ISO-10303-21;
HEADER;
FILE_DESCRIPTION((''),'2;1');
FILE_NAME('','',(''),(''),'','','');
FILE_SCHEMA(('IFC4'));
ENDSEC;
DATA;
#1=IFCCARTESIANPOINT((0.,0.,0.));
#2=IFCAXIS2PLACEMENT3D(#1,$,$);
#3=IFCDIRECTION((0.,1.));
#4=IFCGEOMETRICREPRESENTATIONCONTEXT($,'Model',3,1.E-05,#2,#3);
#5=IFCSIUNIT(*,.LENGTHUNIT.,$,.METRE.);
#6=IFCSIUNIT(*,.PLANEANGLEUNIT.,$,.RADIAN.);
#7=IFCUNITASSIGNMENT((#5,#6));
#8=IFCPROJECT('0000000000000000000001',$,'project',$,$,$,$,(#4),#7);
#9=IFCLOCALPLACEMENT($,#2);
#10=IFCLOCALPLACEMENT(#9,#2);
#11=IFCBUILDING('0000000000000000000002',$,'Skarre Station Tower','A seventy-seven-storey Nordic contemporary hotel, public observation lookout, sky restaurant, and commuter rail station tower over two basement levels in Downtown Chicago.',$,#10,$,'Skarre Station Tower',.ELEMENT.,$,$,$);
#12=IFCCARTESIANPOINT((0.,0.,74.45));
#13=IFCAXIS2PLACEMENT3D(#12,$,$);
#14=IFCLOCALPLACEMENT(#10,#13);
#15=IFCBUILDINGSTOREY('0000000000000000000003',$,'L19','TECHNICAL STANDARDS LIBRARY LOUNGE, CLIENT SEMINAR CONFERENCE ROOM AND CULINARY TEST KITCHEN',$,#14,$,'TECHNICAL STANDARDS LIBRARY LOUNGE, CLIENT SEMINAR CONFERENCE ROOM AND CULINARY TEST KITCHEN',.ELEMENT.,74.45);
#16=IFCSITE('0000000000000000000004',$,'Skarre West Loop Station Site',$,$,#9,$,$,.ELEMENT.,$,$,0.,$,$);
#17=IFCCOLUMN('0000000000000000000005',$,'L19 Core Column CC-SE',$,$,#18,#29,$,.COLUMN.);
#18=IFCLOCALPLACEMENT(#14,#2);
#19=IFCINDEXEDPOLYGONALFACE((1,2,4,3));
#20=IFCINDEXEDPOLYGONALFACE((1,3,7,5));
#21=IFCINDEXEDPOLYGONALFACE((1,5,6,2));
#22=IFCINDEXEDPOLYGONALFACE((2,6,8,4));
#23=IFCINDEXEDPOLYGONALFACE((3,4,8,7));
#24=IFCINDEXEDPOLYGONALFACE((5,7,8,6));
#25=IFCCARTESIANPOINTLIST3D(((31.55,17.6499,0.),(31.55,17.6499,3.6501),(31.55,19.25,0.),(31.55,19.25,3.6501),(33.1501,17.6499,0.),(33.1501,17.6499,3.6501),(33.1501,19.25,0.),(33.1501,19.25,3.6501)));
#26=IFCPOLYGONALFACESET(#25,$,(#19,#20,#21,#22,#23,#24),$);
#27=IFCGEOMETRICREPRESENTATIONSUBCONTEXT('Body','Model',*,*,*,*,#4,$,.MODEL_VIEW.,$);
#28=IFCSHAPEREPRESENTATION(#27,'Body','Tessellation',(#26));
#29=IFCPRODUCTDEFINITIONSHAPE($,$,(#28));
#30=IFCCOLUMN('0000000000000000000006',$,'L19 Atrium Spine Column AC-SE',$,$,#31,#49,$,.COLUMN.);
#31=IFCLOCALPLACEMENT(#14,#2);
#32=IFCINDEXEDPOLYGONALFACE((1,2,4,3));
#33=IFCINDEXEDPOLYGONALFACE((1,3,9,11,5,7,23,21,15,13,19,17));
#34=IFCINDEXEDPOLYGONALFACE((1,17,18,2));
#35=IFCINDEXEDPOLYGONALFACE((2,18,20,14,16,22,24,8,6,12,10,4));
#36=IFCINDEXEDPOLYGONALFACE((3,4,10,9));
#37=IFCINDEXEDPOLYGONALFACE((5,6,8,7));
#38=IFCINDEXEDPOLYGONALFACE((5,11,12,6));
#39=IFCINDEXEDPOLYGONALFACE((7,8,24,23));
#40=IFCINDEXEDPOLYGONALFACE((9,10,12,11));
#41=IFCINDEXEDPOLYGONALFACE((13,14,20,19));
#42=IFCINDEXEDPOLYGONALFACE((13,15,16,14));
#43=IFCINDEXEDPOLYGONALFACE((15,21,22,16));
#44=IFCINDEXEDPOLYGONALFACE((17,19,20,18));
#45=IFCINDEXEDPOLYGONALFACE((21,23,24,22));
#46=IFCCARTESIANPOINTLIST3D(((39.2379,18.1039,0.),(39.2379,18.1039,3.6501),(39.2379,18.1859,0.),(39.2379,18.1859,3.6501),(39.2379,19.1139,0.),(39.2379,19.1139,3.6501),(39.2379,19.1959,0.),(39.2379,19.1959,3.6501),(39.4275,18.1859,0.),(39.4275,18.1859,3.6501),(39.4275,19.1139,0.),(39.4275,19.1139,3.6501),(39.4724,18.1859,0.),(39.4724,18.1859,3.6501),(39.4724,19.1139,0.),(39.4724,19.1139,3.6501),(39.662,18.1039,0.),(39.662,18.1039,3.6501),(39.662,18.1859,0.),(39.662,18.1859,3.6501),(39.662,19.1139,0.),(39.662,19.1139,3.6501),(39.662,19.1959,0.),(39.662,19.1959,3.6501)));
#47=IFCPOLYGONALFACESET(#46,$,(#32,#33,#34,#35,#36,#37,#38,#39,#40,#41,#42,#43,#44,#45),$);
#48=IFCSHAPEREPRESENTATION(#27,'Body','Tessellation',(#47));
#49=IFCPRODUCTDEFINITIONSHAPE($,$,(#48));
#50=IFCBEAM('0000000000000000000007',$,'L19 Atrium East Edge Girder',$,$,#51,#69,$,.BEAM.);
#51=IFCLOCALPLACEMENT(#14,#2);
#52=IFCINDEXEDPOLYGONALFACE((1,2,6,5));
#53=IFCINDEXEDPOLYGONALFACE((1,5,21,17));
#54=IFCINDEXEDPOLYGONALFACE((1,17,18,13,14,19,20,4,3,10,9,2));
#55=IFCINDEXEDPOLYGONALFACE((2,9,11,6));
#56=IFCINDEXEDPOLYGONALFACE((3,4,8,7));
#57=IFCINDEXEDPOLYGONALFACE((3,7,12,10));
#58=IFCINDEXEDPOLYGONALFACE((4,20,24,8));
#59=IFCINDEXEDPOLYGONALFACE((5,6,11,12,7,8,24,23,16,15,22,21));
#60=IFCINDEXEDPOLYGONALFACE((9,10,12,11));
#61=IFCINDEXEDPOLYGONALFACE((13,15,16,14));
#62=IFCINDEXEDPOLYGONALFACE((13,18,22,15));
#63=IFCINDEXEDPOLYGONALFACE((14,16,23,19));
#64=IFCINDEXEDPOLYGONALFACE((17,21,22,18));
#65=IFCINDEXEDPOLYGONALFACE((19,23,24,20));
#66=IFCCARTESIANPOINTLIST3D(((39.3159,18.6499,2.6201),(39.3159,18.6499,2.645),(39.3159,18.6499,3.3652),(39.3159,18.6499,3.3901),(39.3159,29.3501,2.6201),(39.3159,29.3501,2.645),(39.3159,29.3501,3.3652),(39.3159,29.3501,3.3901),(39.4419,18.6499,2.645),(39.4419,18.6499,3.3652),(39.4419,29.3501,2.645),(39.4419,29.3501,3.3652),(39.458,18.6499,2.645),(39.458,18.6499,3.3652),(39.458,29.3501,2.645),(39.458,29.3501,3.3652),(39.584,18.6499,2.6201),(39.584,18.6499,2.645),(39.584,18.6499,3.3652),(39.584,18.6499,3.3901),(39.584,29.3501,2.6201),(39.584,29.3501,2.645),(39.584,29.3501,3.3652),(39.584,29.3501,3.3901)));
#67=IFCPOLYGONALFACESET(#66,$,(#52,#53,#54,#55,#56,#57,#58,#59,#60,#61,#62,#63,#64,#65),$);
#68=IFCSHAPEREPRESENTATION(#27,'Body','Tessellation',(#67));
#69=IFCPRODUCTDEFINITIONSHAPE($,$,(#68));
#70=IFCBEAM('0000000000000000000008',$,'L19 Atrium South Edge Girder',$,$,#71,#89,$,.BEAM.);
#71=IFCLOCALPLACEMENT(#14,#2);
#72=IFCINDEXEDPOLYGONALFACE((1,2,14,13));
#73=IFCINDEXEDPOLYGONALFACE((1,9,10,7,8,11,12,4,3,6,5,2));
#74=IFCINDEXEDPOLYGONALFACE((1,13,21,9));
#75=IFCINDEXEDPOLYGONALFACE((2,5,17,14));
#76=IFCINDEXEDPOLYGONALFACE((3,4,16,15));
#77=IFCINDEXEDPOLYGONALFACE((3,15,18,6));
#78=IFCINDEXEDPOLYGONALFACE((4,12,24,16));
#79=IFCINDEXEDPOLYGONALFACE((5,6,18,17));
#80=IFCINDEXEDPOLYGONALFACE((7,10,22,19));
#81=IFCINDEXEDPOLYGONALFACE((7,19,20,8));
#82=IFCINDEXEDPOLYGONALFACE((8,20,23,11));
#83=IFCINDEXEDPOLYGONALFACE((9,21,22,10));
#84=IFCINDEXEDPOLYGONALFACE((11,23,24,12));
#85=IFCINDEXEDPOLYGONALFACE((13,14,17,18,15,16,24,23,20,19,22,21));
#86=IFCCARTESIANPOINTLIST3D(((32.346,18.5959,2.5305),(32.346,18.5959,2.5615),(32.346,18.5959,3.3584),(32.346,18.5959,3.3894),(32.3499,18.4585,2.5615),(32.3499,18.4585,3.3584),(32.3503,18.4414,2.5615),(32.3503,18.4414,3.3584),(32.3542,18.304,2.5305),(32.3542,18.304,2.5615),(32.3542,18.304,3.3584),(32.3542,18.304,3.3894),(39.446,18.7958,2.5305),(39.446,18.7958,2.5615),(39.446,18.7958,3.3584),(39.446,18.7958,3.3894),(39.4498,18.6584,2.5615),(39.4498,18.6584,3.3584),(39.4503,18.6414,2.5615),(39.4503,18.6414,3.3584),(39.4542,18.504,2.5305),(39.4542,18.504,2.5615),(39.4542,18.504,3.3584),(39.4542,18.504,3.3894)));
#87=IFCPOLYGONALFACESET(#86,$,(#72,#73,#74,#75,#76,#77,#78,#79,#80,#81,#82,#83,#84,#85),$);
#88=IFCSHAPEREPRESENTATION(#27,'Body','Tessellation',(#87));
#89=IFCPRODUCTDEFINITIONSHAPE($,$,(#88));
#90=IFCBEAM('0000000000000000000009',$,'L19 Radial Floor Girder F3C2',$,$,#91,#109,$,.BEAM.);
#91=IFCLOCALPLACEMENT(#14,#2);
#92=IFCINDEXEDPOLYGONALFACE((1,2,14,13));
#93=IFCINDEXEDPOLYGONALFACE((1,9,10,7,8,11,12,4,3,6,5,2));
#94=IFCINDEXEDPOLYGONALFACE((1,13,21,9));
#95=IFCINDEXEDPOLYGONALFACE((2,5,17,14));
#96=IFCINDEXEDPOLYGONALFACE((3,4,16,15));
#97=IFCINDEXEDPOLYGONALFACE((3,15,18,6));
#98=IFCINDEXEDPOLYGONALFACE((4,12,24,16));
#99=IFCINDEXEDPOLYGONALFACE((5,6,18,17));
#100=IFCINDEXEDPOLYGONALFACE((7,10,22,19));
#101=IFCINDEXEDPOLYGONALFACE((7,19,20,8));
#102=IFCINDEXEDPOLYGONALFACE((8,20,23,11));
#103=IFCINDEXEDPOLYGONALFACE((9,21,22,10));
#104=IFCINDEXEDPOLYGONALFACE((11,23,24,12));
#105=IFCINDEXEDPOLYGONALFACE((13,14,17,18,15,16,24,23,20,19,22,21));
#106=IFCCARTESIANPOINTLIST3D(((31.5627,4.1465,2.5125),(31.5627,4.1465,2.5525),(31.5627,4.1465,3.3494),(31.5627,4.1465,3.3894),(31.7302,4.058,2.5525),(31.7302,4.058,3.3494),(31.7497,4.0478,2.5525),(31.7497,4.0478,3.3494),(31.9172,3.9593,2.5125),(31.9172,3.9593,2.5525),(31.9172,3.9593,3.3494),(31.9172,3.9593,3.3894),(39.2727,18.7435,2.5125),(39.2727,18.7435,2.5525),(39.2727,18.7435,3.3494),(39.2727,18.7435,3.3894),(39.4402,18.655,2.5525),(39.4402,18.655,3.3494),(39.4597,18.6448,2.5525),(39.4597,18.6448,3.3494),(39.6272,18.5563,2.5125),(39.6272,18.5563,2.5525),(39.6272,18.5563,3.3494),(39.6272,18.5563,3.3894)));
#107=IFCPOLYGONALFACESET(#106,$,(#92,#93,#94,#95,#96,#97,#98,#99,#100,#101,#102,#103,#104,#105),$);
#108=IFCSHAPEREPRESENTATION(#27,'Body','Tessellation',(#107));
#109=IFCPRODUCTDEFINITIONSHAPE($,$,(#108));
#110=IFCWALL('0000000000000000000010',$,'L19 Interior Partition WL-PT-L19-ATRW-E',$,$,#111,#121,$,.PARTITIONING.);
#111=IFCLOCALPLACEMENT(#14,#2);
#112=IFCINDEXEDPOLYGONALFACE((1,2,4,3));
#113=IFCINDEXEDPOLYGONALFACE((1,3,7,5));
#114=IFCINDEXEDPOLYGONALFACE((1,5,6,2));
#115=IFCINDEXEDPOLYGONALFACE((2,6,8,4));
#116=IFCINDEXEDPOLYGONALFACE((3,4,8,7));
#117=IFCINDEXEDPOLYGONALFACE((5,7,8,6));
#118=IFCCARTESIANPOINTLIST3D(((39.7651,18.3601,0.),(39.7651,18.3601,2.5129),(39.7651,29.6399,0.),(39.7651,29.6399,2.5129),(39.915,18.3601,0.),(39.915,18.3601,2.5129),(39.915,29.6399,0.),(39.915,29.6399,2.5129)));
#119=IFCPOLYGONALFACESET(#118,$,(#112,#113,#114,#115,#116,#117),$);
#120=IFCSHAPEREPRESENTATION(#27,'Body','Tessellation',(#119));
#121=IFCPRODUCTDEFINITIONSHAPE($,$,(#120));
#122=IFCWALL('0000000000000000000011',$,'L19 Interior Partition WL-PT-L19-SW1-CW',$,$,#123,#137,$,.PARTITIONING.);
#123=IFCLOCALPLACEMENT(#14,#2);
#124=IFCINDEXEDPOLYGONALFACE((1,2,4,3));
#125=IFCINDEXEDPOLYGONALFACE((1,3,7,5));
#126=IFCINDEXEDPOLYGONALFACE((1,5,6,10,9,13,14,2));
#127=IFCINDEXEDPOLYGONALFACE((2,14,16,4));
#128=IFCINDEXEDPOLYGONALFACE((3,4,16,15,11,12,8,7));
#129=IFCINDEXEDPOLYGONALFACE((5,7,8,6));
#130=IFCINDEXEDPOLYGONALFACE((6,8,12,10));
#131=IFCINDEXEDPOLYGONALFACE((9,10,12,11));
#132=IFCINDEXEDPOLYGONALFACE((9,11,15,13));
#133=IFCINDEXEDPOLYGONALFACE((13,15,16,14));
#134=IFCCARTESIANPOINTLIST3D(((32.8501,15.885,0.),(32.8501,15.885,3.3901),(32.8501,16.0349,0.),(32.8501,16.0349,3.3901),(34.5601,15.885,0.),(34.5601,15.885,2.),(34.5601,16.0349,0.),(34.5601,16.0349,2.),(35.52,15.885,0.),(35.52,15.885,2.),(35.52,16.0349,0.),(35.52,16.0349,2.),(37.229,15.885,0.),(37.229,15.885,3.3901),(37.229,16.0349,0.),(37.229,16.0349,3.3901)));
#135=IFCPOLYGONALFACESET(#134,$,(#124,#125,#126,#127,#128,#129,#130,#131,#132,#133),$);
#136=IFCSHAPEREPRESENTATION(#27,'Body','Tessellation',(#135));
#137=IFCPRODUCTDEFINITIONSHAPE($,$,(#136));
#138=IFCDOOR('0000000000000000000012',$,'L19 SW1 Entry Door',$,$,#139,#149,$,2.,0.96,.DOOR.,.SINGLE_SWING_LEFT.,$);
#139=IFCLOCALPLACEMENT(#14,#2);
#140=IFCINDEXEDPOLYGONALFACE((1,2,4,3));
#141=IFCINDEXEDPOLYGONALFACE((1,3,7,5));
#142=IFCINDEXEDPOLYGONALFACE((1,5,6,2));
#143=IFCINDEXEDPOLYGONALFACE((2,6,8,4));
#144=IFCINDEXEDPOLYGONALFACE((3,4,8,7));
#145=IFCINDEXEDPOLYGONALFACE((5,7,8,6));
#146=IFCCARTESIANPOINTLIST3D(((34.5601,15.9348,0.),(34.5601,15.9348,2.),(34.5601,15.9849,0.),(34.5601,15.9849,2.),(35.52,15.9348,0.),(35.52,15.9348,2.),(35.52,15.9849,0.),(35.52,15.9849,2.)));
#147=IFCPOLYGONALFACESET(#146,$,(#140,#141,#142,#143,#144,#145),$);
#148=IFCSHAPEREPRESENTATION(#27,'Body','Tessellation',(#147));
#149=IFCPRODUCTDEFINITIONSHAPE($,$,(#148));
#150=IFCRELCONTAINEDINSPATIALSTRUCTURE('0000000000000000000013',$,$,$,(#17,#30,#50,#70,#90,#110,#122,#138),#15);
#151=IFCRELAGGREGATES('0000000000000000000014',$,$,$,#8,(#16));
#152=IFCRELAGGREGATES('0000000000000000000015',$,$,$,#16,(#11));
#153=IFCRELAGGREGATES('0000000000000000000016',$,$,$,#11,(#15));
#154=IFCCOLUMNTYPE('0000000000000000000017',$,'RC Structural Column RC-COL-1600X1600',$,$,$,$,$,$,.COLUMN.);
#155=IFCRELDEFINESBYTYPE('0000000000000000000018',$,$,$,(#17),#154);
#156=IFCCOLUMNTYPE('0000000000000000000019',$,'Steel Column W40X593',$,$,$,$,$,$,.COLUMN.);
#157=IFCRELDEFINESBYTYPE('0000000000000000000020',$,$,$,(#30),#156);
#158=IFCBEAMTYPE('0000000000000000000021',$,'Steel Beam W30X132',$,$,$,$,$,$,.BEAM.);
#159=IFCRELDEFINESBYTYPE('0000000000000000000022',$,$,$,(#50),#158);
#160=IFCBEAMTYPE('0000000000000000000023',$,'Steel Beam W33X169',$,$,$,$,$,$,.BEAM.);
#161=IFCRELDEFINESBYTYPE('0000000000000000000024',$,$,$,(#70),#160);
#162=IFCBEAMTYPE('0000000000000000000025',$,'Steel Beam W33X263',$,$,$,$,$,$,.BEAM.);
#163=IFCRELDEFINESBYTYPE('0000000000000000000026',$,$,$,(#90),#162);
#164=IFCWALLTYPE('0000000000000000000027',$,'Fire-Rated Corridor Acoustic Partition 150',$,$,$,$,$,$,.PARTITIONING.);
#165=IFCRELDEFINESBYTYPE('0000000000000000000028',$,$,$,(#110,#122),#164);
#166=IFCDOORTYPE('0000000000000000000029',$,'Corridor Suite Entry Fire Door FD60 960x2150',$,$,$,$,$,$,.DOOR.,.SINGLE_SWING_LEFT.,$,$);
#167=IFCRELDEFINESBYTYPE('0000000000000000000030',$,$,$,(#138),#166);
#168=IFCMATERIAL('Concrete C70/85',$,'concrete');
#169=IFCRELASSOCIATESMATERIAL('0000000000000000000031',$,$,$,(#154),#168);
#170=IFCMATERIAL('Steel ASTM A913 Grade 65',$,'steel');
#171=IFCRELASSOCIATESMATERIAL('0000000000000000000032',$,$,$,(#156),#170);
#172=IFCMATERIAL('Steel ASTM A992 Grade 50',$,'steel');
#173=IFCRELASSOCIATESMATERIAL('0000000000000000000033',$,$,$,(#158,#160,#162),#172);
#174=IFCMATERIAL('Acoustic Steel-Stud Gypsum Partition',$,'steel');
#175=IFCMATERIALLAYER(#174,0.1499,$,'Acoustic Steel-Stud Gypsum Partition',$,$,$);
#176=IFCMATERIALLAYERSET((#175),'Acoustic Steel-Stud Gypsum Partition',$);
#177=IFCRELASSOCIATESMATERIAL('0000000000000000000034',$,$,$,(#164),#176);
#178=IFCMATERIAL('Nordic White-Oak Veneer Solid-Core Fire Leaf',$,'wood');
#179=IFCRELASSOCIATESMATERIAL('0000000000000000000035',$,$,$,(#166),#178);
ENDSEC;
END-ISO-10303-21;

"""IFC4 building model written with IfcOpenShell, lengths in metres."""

from ifc_helpers import new_model, si_unit, direction, frame, frame_2d, origin, origin_2d, place, context, subcontext, project, spatial, rectangle, i_section, extrude, material, layer, layer_set, material_profile, profile_set, type_object, element, fill, save


model = new_model("IFC4")

# Units and contexts
model_context = context("Model", 3, precision=1e-05, world=origin(), true_north=direction((0.0, 1.0)))
body_context = subcontext(model_context, "Body", "Model", "MODEL_VIEW")
ifc_project = project(units=[si_unit("LENGTHUNIT", "METRE"), si_unit("PLANEANGLEUNIT", "RADIAN")], contexts=[model_context])

# Site, building, storey
site_placement = place(None, origin())
site = spatial("IfcSite", under=ifc_project, at=site_placement, Name="Skarre West Loop Station Site", CompositionType="ELEMENT", RefElevation=0.0)
building_placement = place(site_placement, origin())
building = spatial("IfcBuilding", under=site, at=building_placement, Name="Skarre Station Tower", Description="A seventy-seven-storey Nordic contemporary hotel, public observation lookout, sky restaurant, and commuter rail station tower over two basement levels in Downtown Chicago.", LongName="Skarre Station Tower", CompositionType="ELEMENT")
storey_placement = place(building_placement, frame((0.0, 0.0, 74.45)))
storey = spatial("IfcBuildingStorey", under=building, at=storey_placement, Name="L19", Description="TECHNICAL STANDARDS LIBRARY LOUNGE, CLIENT SEMINAR CONFERENCE ROOM AND CULINARY TEST KITCHEN", LongName="TECHNICAL STANDARDS LIBRARY LOUNGE, CLIENT SEMINAR CONFERENCE ROOM AND CULINARY TEST KITCHEN", CompositionType="ELEMENT", Elevation=74.45)

# Columns
ifc_material_1 = material(Name="Concrete C70/85", Category="concrete")
ifc_material_profile_1 = material_profile(ifc_material_1, rectangle(XDim=1.6001, YDim=1.6001, at=origin_2d()), Name="Concrete C70/85")
ifc_profile_set_1 = profile_set([ifc_material_profile_1], Name="Concrete C70/85")
column_type_1 = type_object("IfcColumnType", Name="RC Structural Column RC-COL-1600X1600", PredefinedType="COLUMN", material=ifc_profile_set_1)
column_1_placement = place(storey_placement, frame((32.3501, 18.45, 0.0), z_axis=(0.0, 0.0, 1.0), x_axis=(1.0, 0.0, 0.0)))
element("IfcColumn", 1, at=column_1_placement, inside=storey, type_object=column_type_1, Name="L19 Core Column CC-SE", PredefinedType="COLUMN", context=body_context, shape_type="SweptSolid", body=[
    extrude(rectangle(XDim=1.6001, YDim=1.6001, at=origin_2d()), origin(), (0.0, 0.0, 1.0), 3.6501),
])
ifc_material_2 = material(Name="Steel ASTM A913 Grade 65", Category="steel")
ifc_material_profile_2 = material_profile(ifc_material_2, i_section(OverallWidth=0.4241, OverallDepth=1.092, WebThickness=0.0449, FlangeThickness=0.082, at=origin_2d()), Name="Steel ASTM A913 Grade 65")
ifc_profile_set_2 = profile_set([ifc_material_profile_2], Name="Steel ASTM A913 Grade 65")
column_type_2 = type_object("IfcColumnType", Name="Steel Column W40X593", PredefinedType="COLUMN", material=ifc_profile_set_2)
column_2_placement = place(storey_placement, frame((39.45, 18.6499, 0.0), z_axis=(0.0, 0.0, 1.0), x_axis=(1.0, 0.0, 0.0)))
element("IfcColumn", 2, at=column_2_placement, inside=storey, type_object=column_type_2, Name="L19 Atrium Spine Column AC-SE", PredefinedType="COLUMN", context=body_context, shape_type="SweptSolid", body=[
    extrude(i_section(OverallWidth=0.4241, OverallDepth=1.092, WebThickness=0.0449, FlangeThickness=0.082, at=origin_2d()), origin(), (0.0, 0.0, 1.0), 3.6501),
])

# Beams
ifc_material_3 = material(Name="Steel ASTM A992 Grade 50", Category="steel")
ifc_material_profile_3 = material_profile(ifc_material_3, i_section(OverallWidth=0.2681, OverallDepth=0.77, WebThickness=0.0161, FlangeThickness=0.0249, at=origin_2d()), Name="Steel ASTM A992 Grade 50")
ifc_profile_set_3 = profile_set([ifc_material_profile_3], Name="Steel ASTM A992 Grade 50")
beam_type_1 = type_object("IfcBeamType", Name="Steel Beam W30X132", PredefinedType="BEAM", material=ifc_profile_set_3)
beam_1_placement = place(storey_placement, frame((39.45, 18.6499, 3.0051), z_axis=(0.0, 1.0, 0.0), x_axis=(-1.0, 0.0, 0.0)))
element("IfcBeam", 3, at=beam_1_placement, inside=storey, type_object=beam_type_1, Name="L19 Atrium East Edge Girder", PredefinedType="BEAM", context=body_context, shape_type="SweptSolid", body=[
    extrude(i_section(OverallWidth=0.2681, OverallDepth=0.77, WebThickness=0.0161, FlangeThickness=0.0249, at=origin_2d()), origin(), (0.0, 0.0, 1.0), 10.7002),
])
ifc_material_profile_4 = material_profile(ifc_material_3, i_section(OverallWidth=0.292, OverallDepth=0.8589, WebThickness=0.0171, FlangeThickness=0.031, at=origin_2d()), Name="Steel ASTM A992 Grade 50")
ifc_profile_set_4 = profile_set([ifc_material_profile_4], Name="Steel ASTM A992 Grade 50")
beam_type_2 = type_object("IfcBeamType", Name="Steel Beam W33X169", PredefinedType="BEAM", material=ifc_profile_set_4)
beam_2_placement = place(storey_placement, frame((32.3501, 18.45, 2.96), z_axis=(0.999604, 0.028152, 0.0), x_axis=(-0.028152, 0.999604, 0.0)))
element("IfcBeam", 4, at=beam_2_placement, inside=storey, type_object=beam_type_2, Name="L19 Atrium South Edge Girder", PredefinedType="BEAM", context=body_context, shape_type="SweptSolid", body=[
    extrude(i_section(OverallWidth=0.292, OverallDepth=0.8589, WebThickness=0.0171, FlangeThickness=0.031, at=origin_2d()), origin(), (0.0, 0.0, 1.0), 7.1028),
])
ifc_material_profile_5 = material_profile(ifc_material_3, i_section(OverallWidth=0.4009, OverallDepth=0.877, WebThickness=0.022, FlangeThickness=0.04, at=origin_2d()), Name="Steel ASTM A992 Grade 50")
ifc_profile_set_5 = profile_set([ifc_material_profile_5], Name="Steel ASTM A992 Grade 50")
beam_type_3 = type_object("IfcBeamType", Name="Steel Beam W33X263", PredefinedType="BEAM", material=ifc_profile_set_5)
beam_3_placement = place(storey_placement, frame((39.45, 18.6499, 2.9509), z_axis=(-0.467044, -0.884234, 0.0), x_axis=(0.884234, -0.467044, 0.0)))
element("IfcBeam", 5, at=beam_3_placement, inside=storey, type_object=beam_type_3, Name="L19 Radial Floor Girder F3C2", PredefinedType="BEAM", context=body_context, shape_type="SweptSolid", body=[
    extrude(i_section(OverallWidth=0.4009, OverallDepth=0.877, WebThickness=0.022, FlangeThickness=0.04, at=origin_2d()), origin(), (0.0, 0.0, 1.0), 16.5081),
])

# Wall
ifc_material_4 = material(Name="Acoustic Steel-Stud Gypsum Partition", Category="steel")
ifc_layer_1 = layer(ifc_material_4, 0.1499, Name="Acoustic Steel-Stud Gypsum Partition")
ifc_layer_set_1 = layer_set([ifc_layer_1], Name="Acoustic Steel-Stud Gypsum Partition")
wall_type_1 = type_object("IfcWallType", Name="Fire-Rated Corridor Acoustic Partition 150", PredefinedType="PARTITIONING", material=ifc_layer_set_1)
wall_1_placement = place(storey_placement, frame((39.8401, 18.3601, 0.0), z_axis=(0.0, 0.0, 1.0), x_axis=(0.0, 1.0, 0.0)))
element("IfcWall", 6, at=wall_1_placement, inside=storey, type_object=wall_type_1, Name="L19 Interior Partition WL-PT-L19-ATRW-E", PredefinedType="PARTITIONING", context=body_context, shape_type="SweptSolid", body=[
    extrude(rectangle(XDim=11.2798, YDim=0.1499, at=frame_2d((5.6399, 0.0))), origin(), (0.0, 0.0, 1.0), 2.5129),
])

# Wall, opening, door
wall_2_placement = place(storey_placement, frame((32.8501, 15.96, 0.0), z_axis=(0.0, 0.0, 1.0), x_axis=(1.0, 0.0, 0.0)))
wall_2 = element("IfcWall", 7, at=wall_2_placement, inside=storey, type_object=wall_type_1, Name="L19 Interior Partition WL-PT-L19-SW1-CW", PredefinedType="PARTITIONING", context=body_context, shape_type="SweptSolid", body=[
    extrude(rectangle(XDim=4.3789, YDim=0.1499, at=frame_2d((2.1895, 0.0))), origin(), (0.0, 0.0, 1.0), 3.3901),
])
opening_1_placement = place(wall_2_placement, frame((1.71, 0.0, 0.0)))
opening_1 = element("IfcOpeningElement", 8, at=opening_1_placement, cuts=wall_2, PredefinedType="OPENING", context=body_context, shape_type="SweptSolid", body=[
    extrude(rectangle(XDim=0.96, YDim=2.0, at=frame_2d((0.48, 1.0))), frame((0.0, 0.085, 0.0), z_axis=(0.0, -1.0, 0.0), x_axis=(1.0, 0.0, 0.0)), (0.0, 0.0, 1.0), 0.1699),
])
ifc_material_5 = material(Name="Nordic White-Oak Veneer Solid-Core Fire Leaf", Category="wood")
door_type_1 = type_object("IfcDoorType", Name="Corridor Suite Entry Fire Door FD60 960x2150", OperationType="SINGLE_SWING_LEFT", PredefinedType="DOOR", material=ifc_material_5)
door_1_placement = place(opening_1_placement, origin())
door_1 = element("IfcDoor", 9, at=door_1_placement, inside=storey, type_object=door_type_1, Name="L19 SW1 Entry Door", OperationType="SINGLE_SWING_LEFT", OverallHeight=2.0, OverallWidth=0.96, PredefinedType="DOOR", context=body_context, shape_type="SweptSolid", body=[
    extrude(rectangle(XDim=0.96, YDim=2.0, at=frame_2d((0.48, 1.0))), frame((0.0, 0.0249, 0.0), z_axis=(0.0, -1.0, 0.0), x_axis=(1.0, 0.0, 0.0)), (0.0, 0.0, 1.0), 0.05),
])
fill(opening_1, door_1)

save(model, "model.ifc")
